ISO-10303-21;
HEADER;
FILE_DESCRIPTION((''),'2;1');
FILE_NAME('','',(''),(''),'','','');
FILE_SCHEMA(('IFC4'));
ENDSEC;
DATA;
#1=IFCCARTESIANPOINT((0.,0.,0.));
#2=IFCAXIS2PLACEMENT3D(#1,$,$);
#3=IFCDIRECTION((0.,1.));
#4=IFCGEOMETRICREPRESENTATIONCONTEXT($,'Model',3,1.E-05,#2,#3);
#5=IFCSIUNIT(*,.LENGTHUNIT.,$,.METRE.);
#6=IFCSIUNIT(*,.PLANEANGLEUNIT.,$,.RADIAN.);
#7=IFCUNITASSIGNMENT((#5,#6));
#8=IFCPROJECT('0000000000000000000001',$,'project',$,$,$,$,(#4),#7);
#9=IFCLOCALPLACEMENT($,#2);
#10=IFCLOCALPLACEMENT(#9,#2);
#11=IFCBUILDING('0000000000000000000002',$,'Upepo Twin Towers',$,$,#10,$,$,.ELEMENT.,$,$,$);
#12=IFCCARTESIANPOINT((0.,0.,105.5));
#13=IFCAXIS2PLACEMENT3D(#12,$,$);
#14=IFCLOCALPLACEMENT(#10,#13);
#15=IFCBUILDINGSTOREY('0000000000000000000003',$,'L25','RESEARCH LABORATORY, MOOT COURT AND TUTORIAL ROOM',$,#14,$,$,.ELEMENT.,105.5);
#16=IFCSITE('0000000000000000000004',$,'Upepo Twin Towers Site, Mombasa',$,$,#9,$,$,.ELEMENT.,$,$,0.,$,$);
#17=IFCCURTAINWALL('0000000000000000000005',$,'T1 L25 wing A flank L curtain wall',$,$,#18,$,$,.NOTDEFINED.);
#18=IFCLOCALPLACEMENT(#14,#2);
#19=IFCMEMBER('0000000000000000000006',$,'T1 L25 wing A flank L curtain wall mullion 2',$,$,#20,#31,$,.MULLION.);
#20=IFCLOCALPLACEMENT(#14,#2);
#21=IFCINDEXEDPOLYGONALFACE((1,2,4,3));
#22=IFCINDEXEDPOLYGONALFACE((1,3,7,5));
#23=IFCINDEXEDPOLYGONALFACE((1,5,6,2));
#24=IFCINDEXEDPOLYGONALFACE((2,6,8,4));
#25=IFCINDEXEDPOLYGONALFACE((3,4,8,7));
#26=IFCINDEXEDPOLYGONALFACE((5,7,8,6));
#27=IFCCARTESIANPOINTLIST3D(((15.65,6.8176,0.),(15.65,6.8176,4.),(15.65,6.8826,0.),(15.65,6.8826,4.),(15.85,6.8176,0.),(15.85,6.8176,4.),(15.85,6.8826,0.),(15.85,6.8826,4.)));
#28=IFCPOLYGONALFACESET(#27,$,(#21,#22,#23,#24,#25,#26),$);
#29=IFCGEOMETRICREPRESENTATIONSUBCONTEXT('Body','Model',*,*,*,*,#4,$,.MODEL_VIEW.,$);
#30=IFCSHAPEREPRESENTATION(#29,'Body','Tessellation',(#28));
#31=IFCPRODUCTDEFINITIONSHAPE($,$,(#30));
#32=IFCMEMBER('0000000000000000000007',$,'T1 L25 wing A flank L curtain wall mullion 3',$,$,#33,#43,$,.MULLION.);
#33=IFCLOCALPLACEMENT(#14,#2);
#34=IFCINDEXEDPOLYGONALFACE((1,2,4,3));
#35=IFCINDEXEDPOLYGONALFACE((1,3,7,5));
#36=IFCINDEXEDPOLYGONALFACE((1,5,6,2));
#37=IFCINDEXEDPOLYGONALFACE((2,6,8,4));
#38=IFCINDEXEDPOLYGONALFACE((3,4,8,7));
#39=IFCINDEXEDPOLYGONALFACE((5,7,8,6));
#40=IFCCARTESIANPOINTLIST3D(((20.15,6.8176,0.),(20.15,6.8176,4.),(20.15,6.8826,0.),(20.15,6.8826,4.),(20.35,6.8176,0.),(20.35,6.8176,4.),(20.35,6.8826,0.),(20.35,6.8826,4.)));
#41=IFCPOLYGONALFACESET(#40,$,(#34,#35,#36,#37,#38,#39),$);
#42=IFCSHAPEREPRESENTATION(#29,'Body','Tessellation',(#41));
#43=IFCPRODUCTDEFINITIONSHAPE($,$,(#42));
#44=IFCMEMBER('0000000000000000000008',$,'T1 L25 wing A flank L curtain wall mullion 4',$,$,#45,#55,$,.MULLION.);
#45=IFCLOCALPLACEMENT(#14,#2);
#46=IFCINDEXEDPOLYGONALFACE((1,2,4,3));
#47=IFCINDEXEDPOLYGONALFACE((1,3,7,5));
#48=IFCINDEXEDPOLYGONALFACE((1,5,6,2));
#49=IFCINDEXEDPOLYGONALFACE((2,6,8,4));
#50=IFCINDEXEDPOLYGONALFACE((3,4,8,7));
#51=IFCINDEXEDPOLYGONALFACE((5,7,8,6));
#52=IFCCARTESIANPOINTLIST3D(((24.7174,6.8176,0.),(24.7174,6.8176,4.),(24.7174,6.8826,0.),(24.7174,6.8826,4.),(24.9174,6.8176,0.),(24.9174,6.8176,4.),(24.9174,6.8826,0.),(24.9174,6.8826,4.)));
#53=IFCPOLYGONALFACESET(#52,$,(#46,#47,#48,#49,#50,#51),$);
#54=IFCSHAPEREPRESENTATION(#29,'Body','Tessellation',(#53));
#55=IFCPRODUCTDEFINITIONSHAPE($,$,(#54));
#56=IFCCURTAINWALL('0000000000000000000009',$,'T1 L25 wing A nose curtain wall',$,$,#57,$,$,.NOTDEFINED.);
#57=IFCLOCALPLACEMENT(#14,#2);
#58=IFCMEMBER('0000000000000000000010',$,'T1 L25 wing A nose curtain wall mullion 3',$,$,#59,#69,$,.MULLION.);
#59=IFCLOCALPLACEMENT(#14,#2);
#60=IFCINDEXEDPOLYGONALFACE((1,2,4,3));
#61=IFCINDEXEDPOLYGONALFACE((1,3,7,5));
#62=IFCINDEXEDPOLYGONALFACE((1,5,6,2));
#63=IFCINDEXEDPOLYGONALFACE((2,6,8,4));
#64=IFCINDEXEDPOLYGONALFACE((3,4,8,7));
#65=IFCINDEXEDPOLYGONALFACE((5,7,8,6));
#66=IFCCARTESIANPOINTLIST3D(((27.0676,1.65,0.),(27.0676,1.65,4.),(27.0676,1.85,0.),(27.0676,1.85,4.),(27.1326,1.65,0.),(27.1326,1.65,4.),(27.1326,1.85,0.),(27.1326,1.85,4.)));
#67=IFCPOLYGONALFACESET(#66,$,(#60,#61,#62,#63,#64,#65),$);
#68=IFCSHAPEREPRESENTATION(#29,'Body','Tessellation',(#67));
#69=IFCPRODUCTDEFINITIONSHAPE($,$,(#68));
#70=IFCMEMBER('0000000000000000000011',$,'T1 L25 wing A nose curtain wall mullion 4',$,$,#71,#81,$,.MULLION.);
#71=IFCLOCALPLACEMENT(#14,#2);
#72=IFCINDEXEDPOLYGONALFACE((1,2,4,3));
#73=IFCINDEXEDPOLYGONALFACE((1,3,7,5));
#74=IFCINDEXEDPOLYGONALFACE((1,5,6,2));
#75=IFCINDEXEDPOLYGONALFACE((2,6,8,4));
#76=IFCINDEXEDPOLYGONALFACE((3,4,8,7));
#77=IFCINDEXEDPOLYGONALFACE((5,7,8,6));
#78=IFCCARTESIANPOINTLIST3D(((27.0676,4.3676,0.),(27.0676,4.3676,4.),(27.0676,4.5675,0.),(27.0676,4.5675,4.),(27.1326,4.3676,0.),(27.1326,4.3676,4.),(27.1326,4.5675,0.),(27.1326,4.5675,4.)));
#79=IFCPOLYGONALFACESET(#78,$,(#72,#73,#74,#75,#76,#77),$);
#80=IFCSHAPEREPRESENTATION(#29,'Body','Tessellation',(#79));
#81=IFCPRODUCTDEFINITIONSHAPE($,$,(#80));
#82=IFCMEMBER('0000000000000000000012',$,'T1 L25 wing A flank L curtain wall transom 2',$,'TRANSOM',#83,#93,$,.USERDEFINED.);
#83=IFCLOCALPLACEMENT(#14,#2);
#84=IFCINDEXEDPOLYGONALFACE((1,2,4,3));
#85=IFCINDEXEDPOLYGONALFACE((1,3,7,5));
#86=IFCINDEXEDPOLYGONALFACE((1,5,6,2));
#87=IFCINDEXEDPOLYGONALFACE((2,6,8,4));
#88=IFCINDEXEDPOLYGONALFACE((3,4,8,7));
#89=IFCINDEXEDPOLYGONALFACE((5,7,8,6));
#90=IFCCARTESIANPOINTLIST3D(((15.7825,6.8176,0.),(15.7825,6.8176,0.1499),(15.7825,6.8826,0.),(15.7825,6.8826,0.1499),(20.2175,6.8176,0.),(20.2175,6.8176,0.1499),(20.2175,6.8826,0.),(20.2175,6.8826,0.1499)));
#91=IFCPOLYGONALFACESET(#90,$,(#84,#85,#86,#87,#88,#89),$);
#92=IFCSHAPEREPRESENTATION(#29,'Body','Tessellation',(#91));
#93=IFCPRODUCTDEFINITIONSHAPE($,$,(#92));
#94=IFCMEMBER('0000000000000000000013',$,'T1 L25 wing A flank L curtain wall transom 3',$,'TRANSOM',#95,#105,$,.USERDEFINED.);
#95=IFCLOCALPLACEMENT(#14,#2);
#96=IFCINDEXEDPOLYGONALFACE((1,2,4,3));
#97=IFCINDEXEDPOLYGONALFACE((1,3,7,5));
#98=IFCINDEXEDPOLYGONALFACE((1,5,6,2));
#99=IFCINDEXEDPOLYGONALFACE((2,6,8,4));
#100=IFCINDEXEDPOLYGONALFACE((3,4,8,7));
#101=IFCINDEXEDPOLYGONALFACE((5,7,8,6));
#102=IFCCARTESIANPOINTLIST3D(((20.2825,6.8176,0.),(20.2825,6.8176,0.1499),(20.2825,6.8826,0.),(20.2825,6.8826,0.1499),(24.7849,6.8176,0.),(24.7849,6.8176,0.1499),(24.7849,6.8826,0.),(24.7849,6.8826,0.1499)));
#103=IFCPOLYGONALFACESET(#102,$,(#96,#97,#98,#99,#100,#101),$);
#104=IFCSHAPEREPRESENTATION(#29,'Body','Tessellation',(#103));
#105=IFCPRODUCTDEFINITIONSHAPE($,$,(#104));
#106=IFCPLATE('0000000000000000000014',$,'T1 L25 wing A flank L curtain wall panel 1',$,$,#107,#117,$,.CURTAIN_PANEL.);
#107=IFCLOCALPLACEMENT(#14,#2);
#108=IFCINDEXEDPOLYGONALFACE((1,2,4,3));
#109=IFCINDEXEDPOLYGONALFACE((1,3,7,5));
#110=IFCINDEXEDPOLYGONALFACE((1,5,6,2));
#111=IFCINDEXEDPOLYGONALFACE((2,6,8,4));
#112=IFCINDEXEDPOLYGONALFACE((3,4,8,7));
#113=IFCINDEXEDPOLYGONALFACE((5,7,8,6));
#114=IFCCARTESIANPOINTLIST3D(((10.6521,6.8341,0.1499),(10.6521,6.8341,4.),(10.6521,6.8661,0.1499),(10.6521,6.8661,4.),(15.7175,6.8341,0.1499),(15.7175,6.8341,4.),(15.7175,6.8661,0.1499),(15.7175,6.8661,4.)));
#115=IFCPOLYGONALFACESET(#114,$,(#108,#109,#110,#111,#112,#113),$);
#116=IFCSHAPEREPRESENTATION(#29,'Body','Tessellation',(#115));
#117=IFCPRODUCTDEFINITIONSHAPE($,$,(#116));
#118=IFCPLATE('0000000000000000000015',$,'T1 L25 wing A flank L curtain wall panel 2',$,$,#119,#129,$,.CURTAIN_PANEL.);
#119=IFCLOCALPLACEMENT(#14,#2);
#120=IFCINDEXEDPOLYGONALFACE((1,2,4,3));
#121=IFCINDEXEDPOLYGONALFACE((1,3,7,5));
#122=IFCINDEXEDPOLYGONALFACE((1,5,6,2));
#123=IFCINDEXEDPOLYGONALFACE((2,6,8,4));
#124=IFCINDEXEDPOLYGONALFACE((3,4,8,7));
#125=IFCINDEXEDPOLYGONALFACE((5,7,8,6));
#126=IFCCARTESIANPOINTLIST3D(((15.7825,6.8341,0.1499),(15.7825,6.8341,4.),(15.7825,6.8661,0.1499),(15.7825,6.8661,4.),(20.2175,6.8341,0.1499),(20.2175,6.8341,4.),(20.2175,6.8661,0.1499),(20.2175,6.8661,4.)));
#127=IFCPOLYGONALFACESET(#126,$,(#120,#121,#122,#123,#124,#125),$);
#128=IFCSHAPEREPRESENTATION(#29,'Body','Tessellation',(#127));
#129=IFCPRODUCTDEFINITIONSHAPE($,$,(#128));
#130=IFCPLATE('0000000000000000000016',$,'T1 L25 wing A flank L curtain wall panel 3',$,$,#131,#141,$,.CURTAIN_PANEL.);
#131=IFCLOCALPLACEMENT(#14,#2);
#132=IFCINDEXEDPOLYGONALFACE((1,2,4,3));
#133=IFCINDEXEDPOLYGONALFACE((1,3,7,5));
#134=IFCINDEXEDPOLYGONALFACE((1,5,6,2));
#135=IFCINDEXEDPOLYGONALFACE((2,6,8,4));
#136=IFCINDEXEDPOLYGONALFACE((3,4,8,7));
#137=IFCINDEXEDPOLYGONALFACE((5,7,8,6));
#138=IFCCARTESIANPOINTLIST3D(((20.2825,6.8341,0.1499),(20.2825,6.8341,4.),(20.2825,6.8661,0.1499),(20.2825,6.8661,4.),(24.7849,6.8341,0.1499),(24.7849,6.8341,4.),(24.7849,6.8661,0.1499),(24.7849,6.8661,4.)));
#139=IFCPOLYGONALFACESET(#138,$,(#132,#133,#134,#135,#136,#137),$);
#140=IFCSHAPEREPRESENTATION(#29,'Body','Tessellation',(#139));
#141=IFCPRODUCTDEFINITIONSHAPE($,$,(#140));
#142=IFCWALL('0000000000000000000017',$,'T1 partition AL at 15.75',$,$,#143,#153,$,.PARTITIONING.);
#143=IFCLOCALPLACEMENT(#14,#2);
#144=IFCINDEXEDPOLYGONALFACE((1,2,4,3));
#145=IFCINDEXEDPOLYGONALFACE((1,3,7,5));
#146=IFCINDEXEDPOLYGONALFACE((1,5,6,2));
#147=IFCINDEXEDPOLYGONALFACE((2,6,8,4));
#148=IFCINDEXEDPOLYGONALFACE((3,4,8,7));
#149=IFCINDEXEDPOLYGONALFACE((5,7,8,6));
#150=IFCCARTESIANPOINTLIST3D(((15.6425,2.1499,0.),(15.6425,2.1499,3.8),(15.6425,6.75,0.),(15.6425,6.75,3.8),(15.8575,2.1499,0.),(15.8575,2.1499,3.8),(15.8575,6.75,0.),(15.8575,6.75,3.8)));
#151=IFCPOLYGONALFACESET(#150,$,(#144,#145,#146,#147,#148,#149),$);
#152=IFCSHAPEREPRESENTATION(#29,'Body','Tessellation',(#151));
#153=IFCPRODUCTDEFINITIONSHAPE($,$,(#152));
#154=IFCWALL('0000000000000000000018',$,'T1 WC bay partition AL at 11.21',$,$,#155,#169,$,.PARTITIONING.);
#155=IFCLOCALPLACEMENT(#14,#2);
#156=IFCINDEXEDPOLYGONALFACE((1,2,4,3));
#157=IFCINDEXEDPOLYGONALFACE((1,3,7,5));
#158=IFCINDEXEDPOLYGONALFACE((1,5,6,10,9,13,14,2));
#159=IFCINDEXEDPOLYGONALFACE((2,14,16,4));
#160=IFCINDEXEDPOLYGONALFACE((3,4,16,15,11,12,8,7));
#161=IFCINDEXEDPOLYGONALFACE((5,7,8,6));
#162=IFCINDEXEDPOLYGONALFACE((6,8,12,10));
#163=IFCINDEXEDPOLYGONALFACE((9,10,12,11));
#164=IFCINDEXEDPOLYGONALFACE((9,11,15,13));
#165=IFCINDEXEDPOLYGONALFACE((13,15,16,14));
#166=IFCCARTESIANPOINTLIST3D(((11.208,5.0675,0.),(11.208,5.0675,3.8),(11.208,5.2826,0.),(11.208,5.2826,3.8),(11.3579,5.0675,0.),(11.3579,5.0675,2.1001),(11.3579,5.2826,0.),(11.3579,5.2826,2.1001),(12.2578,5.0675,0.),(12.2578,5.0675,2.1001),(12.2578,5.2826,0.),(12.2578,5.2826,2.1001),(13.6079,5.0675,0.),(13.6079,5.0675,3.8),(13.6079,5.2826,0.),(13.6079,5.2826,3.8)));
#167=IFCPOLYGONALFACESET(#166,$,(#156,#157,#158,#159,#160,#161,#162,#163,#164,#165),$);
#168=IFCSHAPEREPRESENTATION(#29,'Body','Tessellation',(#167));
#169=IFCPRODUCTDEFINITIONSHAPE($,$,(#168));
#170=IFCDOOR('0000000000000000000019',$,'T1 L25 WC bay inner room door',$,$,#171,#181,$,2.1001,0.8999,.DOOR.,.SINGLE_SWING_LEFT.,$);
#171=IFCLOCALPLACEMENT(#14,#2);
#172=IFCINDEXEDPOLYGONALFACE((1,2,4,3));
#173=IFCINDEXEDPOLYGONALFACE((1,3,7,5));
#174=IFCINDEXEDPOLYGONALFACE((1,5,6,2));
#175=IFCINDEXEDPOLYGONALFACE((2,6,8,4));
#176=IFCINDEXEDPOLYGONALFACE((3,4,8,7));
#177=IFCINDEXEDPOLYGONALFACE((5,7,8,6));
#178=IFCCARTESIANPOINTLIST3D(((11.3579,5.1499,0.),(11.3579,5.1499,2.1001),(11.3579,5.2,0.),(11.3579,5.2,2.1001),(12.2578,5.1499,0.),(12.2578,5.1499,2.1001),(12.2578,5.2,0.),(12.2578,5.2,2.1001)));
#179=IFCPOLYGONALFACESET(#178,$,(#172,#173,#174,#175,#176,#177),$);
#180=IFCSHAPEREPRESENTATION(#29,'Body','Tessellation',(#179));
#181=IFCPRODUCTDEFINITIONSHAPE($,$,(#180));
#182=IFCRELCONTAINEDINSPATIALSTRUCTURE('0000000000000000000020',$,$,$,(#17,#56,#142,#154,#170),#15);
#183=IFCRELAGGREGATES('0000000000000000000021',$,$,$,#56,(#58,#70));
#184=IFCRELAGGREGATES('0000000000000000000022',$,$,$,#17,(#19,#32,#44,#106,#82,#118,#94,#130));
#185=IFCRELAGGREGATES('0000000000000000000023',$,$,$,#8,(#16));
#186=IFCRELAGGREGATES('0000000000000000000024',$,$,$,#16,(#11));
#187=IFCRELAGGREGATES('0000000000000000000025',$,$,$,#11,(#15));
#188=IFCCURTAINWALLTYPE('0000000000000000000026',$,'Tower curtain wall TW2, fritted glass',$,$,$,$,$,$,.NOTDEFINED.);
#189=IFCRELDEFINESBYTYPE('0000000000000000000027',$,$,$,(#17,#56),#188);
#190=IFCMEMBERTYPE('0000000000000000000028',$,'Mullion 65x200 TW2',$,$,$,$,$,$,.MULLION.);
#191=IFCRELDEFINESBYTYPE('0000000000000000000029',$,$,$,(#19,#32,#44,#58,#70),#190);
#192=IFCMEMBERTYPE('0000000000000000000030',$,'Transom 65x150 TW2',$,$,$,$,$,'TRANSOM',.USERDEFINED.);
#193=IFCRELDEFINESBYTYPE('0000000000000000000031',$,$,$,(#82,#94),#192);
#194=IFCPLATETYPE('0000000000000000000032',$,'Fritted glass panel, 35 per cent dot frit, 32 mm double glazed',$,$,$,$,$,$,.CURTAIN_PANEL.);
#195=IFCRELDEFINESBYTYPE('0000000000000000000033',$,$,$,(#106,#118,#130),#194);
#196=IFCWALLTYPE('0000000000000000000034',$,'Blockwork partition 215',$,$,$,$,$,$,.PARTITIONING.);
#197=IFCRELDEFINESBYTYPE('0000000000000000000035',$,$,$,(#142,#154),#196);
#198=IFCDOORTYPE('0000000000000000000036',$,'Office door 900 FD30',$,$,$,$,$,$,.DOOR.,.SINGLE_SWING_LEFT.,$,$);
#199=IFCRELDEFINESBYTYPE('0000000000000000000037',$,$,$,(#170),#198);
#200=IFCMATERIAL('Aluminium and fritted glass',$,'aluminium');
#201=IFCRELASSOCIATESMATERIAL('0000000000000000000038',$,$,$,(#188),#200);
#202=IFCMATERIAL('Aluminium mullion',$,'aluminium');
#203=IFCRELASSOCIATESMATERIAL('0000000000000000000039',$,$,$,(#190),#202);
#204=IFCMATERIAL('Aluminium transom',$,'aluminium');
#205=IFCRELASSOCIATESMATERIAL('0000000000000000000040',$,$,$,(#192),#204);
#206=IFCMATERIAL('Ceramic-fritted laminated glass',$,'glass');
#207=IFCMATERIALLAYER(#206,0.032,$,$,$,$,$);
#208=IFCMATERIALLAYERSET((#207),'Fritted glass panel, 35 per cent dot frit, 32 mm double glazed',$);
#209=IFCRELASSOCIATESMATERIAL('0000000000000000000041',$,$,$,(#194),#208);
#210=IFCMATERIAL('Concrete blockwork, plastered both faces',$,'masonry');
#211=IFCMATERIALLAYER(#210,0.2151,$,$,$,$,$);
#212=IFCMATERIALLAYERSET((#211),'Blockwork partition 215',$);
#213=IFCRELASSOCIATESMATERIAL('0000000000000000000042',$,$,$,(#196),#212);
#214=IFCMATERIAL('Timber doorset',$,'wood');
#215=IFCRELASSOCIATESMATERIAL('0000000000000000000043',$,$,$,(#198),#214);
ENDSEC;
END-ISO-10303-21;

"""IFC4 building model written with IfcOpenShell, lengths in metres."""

from ifc_helpers import new_model, si_unit, direction, frame, frame_2d, origin, origin_2d, place, context, subcontext, project, spatial, rectangle, extrude, material, layer, layer_set, material_profile, profile_set, type_object, element, fill, aggregate, save


model = new_model("IFC4")

# Units and contexts
model_context = context("Model", 3, precision=1e-05, world=origin(), true_north=direction((0.0, 1.0)))
body_context = subcontext(model_context, "Body", "Model", "MODEL_VIEW")
ifc_project = project(units=[si_unit("LENGTHUNIT", "METRE"), si_unit("PLANEANGLEUNIT", "RADIAN")], contexts=[model_context])

# Site, building, storey
site_placement = place(None, origin())
site = spatial("IfcSite", under=ifc_project, at=site_placement, Name="Upepo Twin Towers Site, Mombasa", CompositionType="ELEMENT", RefElevation=0.0)
building_placement = place(site_placement, origin())
building = spatial("IfcBuilding", under=site, at=building_placement, Name="Upepo Twin Towers", CompositionType="ELEMENT")
storey_placement = place(building_placement, frame((0.0, 0.0, 105.5)))
storey = spatial("IfcBuildingStorey", under=building, at=storey_placement, Name="L25", Description="RESEARCH LABORATORY, MOOT COURT AND TUTORIAL ROOM", CompositionType="ELEMENT", Elevation=105.5)

# Curtain walls, members
ifc_material_1 = material(Name="Aluminium and fritted glass", Category="aluminium")
curtain_wall_type = type_object("IfcCurtainWallType", Name="Tower curtain wall TW2, fritted glass", PredefinedType="NOTDEFINED", material=ifc_material_1)
curtain_wall_1_placement = place(storey_placement, origin())
curtain_wall_1 = element("IfcCurtainWall", 1, at=curtain_wall_1_placement, inside=storey, type_object=curtain_wall_type, Name="T1 L25 wing A flank L curtain wall", PredefinedType="NOTDEFINED")
ifc_material_2 = material(Name="Aluminium mullion", Category="aluminium")
ifc_material_profile_1 = material_profile(ifc_material_2, rectangle(XDim=0.0649, YDim=0.2, at=origin_2d()), Name="MULLION 65x200")
ifc_profile_set_1 = profile_set([ifc_material_profile_1], Name="Aluminium mullion")
member_type_1 = type_object("IfcMemberType", Name="Mullion 65x200 TW2", PredefinedType="MULLION", material=ifc_profile_set_1)
member_1_placement = place(storey_placement, frame((15.75, 6.8501, 0.0), z_axis=(0.0, 0.0, 1.0), x_axis=(0.0, 1.0, 0.0)))
member_1 = element("IfcMember", 2, at=member_1_placement, type_object=member_type_1, Name="T1 L25 wing A flank L curtain wall mullion 2", PredefinedType="MULLION", context=body_context, shape_type="SweptSolid", body=[
    extrude(rectangle(XDim=0.0649, YDim=0.2, at=origin_2d()), origin(), (0.0, 0.0, 1.0), 4.0),
])
member_2_placement = place(storey_placement, frame((20.25, 6.8501, 0.0), z_axis=(0.0, 0.0, 1.0), x_axis=(0.0, 1.0, 0.0)))
member_2 = element("IfcMember", 3, at=member_2_placement, type_object=member_type_1, Name="T1 L25 wing A flank L curtain wall mullion 3", PredefinedType="MULLION", context=body_context, shape_type="SweptSolid", body=[
    extrude(rectangle(XDim=0.0649, YDim=0.2, at=origin_2d()), origin(), (0.0, 0.0, 1.0), 4.0),
])
member_3_placement = place(storey_placement, frame((24.8174, 6.8501, 0.0), z_axis=(0.0, 0.0, 1.0), x_axis=(0.0, 1.0, 0.0)))
member_3 = element("IfcMember", 4, at=member_3_placement, type_object=member_type_1, Name="T1 L25 wing A flank L curtain wall mullion 4", PredefinedType="MULLION", context=body_context, shape_type="SweptSolid", body=[
    extrude(rectangle(XDim=0.0649, YDim=0.2, at=origin_2d()), origin(), (0.0, 0.0, 1.0), 4.0),
])
curtain_wall_2_placement = place(storey_placement, origin())
curtain_wall_2 = element("IfcCurtainWall", 5, at=curtain_wall_2_placement, inside=storey, type_object=curtain_wall_type, Name="T1 L25 wing A nose curtain wall", PredefinedType="NOTDEFINED")
member_4_placement = place(storey_placement, frame((27.1001, 1.75, 0.0), z_axis=(0.0, 0.0, 1.0), x_axis=(-1.0, 0.0, 0.0)))
member_4 = element("IfcMember", 6, at=member_4_placement, type_object=member_type_1, Name="T1 L25 wing A nose curtain wall mullion 3", PredefinedType="MULLION", context=body_context, shape_type="SweptSolid", body=[
    extrude(rectangle(XDim=0.0649, YDim=0.2, at=origin_2d()), origin(), (0.0, 0.0, 1.0), 4.0),
])
member_5_placement = place(storey_placement, frame((27.1001, 4.4675, 0.0), z_axis=(0.0, 0.0, 1.0), x_axis=(-1.0, 0.0, 0.0)))
member_5 = element("IfcMember", 7, at=member_5_placement, type_object=member_type_1, Name="T1 L25 wing A nose curtain wall mullion 4", PredefinedType="MULLION", context=body_context, shape_type="SweptSolid", body=[
    extrude(rectangle(XDim=0.0649, YDim=0.2, at=origin_2d()), origin(), (0.0, 0.0, 1.0), 4.0),
])
aggregate(curtain_wall_2, [member_4, member_5])

# Members
ifc_material_3 = material(Name="Aluminium transom", Category="aluminium")
ifc_material_profile_2 = material_profile(ifc_material_3, rectangle(XDim=0.0649, YDim=0.1499, at=origin_2d()), Name="TRANSOM 65x150")
ifc_profile_set_2 = profile_set([ifc_material_profile_2], Name="Aluminium transom")
member_type_2 = type_object("IfcMemberType", Name="Transom 65x150 TW2", ElementType="TRANSOM", PredefinedType="USERDEFINED", material=ifc_profile_set_2)
member_6_placement = place(storey_placement, frame((15.7825, 6.8501, 0.075), z_axis=(1.0, 0.0, 0.0), x_axis=(0.0, 1.0, 0.0)))
member_6 = element("IfcMember", 8, at=member_6_placement, type_object=member_type_2, Name="T1 L25 wing A flank L curtain wall transom 2", ObjectType="TRANSOM", PredefinedType="USERDEFINED", context=body_context, shape_type="SweptSolid", body=[
    extrude(rectangle(XDim=0.0649, YDim=0.1499, at=origin_2d()), origin(), (0.0, 0.0, 1.0), 4.4351),
])
member_7_placement = place(storey_placement, frame((20.2825, 6.8501, 0.075), z_axis=(1.0, 0.0, 0.0), x_axis=(0.0, 1.0, 0.0)))
member_7 = element("IfcMember", 9, at=member_7_placement, type_object=member_type_2, Name="T1 L25 wing A flank L curtain wall transom 3", ObjectType="TRANSOM", PredefinedType="USERDEFINED", context=body_context, shape_type="SweptSolid", body=[
    extrude(rectangle(XDim=0.0649, YDim=0.1499, at=origin_2d()), origin(), (0.0, 0.0, 1.0), 4.5024),
])

# Plates
ifc_material_4 = material(Name="Ceramic-fritted laminated glass", Category="glass")
ifc_layer_1 = layer(ifc_material_4, 0.032)
ifc_layer_set_1 = layer_set([ifc_layer_1], Name="Fritted glass panel, 35 per cent dot frit, 32 mm double glazed")
plate_type = type_object("IfcPlateType", Name="Fritted glass panel, 35 per cent dot frit, 32 mm double glazed", PredefinedType="CURTAIN_PANEL", material=ifc_layer_set_1)
plate_1_placement = place(storey_placement, frame((13.1848, 6.8501, 0.1499), z_axis=(0.0, 0.0, 1.0), x_axis=(1.0, 0.0, 0.0)))
plate_1 = element("IfcPlate", 10, at=plate_1_placement, type_object=plate_type, Name="T1 L25 wing A flank L curtain wall panel 1", PredefinedType="CURTAIN_PANEL", context=body_context, shape_type="SweptSolid", body=[
    extrude(rectangle(XDim=5.0654, YDim=0.032, at=origin_2d()), origin(), (0.0, 0.0, 1.0), 3.8501),
])
plate_2_placement = place(storey_placement, frame((18.0, 6.8501, 0.1499), z_axis=(0.0, 0.0, 1.0), x_axis=(1.0, 0.0, 0.0)))
plate_2 = element("IfcPlate", 11, at=plate_2_placement, type_object=plate_type, Name="T1 L25 wing A flank L curtain wall panel 2", PredefinedType="CURTAIN_PANEL", context=body_context, shape_type="SweptSolid", body=[
    extrude(rectangle(XDim=4.4351, YDim=0.032, at=origin_2d()), origin(), (0.0, 0.0, 1.0), 3.8501),
])
plate_3_placement = place(storey_placement, frame((22.5337, 6.8501, 0.1499), z_axis=(0.0, 0.0, 1.0), x_axis=(1.0, 0.0, 0.0)))
plate_3 = element("IfcPlate", 12, at=plate_3_placement, type_object=plate_type, Name="T1 L25 wing A flank L curtain wall panel 3", PredefinedType="CURTAIN_PANEL", context=body_context, shape_type="SweptSolid", body=[
    extrude(rectangle(XDim=4.5024, YDim=0.032, at=origin_2d()), origin(), (0.0, 0.0, 1.0), 3.8501),
])
aggregate(curtain_wall_1, [member_1, member_2, member_3, plate_1, member_6, plate_2, member_7, plate_3])

# Wall
ifc_material_5 = material(Name="Concrete blockwork, plastered both faces", Category="masonry")
ifc_layer_2 = layer(ifc_material_5, 0.2151)
ifc_layer_set_2 = layer_set([ifc_layer_2], Name="Blockwork partition 215")
wall_type_1 = type_object("IfcWallType", Name="Blockwork partition 215", PredefinedType="PARTITIONING", material=ifc_layer_set_2)
wall_1_placement = place(storey_placement, frame((15.75, 2.1499, 0.0), z_axis=(0.0, 0.0, 1.0), x_axis=(0.0, 1.0, 0.0)))
element("IfcWall", 13, at=wall_1_placement, inside=storey, type_object=wall_type_1, Name="T1 partition AL at 15.75", PredefinedType="PARTITIONING", context=body_context, shape_type="SweptSolid", body=[
    extrude(rectangle(XDim=4.6001, YDim=0.2151, at=frame_2d((2.3, 0.0))), origin(), (0.0, 0.0, 1.0), 3.8),
])

# Wall, opening, door
wall_2_placement = place(storey_placement, frame((11.208, 5.175, 0.0), z_axis=(0.0, 0.0, 1.0), x_axis=(1.0, 0.0, 0.0)))
wall_2 = element("IfcWall", 14, at=wall_2_placement, inside=storey, type_object=wall_type_1, Name="T1 WC bay partition AL at 11.21", PredefinedType="PARTITIONING", context=body_context, shape_type="SweptSolid", body=[
    extrude(rectangle(XDim=2.3999, YDim=0.2151, at=frame_2d((1.2, 0.0))), origin(), (0.0, 0.0, 1.0), 3.8),
])
opening_1_placement = place(wall_2_placement, frame((0.1499, 0.0, 0.0)))
opening_1 = element("IfcOpeningElement", 15, at=opening_1_placement, cuts=wall_2, PredefinedType="OPENING", context=body_context, shape_type="SweptSolid", body=[
    extrude(rectangle(XDim=0.8999, YDim=2.1001, at=frame_2d((0.45, 1.05))), frame((0.0, 0.1174, 0.0), z_axis=(0.0, -1.0, 0.0), x_axis=(1.0, 0.0, 0.0)), (0.0, 0.0, 1.0), 0.2351),
])
ifc_material_6 = material(Name="Timber doorset", Category="wood")
door_type_1 = type_object("IfcDoorType", Name="Office door 900 FD30", OperationType="SINGLE_SWING_LEFT", PredefinedType="DOOR", material=ifc_material_6)
door_1_placement = place(opening_1_placement, origin())
door_1 = element("IfcDoor", 16, at=door_1_placement, inside=storey, type_object=door_type_1, Name="T1 L25 WC bay inner room door", OperationType="SINGLE_SWING_LEFT", OverallHeight=2.1001, OverallWidth=0.8999, PredefinedType="DOOR", context=body_context, shape_type="SweptSolid", body=[
    extrude(rectangle(XDim=0.8999, YDim=2.1001, at=frame_2d((0.45, 1.05))), frame((0.0, 0.0249, 0.0), z_axis=(0.0, -1.0, 0.0), x_axis=(1.0, 0.0, 0.0)), (0.0, 0.0, 1.0), 0.05),
])
fill(opening_1, door_1)

save(model, "model.ifc")
